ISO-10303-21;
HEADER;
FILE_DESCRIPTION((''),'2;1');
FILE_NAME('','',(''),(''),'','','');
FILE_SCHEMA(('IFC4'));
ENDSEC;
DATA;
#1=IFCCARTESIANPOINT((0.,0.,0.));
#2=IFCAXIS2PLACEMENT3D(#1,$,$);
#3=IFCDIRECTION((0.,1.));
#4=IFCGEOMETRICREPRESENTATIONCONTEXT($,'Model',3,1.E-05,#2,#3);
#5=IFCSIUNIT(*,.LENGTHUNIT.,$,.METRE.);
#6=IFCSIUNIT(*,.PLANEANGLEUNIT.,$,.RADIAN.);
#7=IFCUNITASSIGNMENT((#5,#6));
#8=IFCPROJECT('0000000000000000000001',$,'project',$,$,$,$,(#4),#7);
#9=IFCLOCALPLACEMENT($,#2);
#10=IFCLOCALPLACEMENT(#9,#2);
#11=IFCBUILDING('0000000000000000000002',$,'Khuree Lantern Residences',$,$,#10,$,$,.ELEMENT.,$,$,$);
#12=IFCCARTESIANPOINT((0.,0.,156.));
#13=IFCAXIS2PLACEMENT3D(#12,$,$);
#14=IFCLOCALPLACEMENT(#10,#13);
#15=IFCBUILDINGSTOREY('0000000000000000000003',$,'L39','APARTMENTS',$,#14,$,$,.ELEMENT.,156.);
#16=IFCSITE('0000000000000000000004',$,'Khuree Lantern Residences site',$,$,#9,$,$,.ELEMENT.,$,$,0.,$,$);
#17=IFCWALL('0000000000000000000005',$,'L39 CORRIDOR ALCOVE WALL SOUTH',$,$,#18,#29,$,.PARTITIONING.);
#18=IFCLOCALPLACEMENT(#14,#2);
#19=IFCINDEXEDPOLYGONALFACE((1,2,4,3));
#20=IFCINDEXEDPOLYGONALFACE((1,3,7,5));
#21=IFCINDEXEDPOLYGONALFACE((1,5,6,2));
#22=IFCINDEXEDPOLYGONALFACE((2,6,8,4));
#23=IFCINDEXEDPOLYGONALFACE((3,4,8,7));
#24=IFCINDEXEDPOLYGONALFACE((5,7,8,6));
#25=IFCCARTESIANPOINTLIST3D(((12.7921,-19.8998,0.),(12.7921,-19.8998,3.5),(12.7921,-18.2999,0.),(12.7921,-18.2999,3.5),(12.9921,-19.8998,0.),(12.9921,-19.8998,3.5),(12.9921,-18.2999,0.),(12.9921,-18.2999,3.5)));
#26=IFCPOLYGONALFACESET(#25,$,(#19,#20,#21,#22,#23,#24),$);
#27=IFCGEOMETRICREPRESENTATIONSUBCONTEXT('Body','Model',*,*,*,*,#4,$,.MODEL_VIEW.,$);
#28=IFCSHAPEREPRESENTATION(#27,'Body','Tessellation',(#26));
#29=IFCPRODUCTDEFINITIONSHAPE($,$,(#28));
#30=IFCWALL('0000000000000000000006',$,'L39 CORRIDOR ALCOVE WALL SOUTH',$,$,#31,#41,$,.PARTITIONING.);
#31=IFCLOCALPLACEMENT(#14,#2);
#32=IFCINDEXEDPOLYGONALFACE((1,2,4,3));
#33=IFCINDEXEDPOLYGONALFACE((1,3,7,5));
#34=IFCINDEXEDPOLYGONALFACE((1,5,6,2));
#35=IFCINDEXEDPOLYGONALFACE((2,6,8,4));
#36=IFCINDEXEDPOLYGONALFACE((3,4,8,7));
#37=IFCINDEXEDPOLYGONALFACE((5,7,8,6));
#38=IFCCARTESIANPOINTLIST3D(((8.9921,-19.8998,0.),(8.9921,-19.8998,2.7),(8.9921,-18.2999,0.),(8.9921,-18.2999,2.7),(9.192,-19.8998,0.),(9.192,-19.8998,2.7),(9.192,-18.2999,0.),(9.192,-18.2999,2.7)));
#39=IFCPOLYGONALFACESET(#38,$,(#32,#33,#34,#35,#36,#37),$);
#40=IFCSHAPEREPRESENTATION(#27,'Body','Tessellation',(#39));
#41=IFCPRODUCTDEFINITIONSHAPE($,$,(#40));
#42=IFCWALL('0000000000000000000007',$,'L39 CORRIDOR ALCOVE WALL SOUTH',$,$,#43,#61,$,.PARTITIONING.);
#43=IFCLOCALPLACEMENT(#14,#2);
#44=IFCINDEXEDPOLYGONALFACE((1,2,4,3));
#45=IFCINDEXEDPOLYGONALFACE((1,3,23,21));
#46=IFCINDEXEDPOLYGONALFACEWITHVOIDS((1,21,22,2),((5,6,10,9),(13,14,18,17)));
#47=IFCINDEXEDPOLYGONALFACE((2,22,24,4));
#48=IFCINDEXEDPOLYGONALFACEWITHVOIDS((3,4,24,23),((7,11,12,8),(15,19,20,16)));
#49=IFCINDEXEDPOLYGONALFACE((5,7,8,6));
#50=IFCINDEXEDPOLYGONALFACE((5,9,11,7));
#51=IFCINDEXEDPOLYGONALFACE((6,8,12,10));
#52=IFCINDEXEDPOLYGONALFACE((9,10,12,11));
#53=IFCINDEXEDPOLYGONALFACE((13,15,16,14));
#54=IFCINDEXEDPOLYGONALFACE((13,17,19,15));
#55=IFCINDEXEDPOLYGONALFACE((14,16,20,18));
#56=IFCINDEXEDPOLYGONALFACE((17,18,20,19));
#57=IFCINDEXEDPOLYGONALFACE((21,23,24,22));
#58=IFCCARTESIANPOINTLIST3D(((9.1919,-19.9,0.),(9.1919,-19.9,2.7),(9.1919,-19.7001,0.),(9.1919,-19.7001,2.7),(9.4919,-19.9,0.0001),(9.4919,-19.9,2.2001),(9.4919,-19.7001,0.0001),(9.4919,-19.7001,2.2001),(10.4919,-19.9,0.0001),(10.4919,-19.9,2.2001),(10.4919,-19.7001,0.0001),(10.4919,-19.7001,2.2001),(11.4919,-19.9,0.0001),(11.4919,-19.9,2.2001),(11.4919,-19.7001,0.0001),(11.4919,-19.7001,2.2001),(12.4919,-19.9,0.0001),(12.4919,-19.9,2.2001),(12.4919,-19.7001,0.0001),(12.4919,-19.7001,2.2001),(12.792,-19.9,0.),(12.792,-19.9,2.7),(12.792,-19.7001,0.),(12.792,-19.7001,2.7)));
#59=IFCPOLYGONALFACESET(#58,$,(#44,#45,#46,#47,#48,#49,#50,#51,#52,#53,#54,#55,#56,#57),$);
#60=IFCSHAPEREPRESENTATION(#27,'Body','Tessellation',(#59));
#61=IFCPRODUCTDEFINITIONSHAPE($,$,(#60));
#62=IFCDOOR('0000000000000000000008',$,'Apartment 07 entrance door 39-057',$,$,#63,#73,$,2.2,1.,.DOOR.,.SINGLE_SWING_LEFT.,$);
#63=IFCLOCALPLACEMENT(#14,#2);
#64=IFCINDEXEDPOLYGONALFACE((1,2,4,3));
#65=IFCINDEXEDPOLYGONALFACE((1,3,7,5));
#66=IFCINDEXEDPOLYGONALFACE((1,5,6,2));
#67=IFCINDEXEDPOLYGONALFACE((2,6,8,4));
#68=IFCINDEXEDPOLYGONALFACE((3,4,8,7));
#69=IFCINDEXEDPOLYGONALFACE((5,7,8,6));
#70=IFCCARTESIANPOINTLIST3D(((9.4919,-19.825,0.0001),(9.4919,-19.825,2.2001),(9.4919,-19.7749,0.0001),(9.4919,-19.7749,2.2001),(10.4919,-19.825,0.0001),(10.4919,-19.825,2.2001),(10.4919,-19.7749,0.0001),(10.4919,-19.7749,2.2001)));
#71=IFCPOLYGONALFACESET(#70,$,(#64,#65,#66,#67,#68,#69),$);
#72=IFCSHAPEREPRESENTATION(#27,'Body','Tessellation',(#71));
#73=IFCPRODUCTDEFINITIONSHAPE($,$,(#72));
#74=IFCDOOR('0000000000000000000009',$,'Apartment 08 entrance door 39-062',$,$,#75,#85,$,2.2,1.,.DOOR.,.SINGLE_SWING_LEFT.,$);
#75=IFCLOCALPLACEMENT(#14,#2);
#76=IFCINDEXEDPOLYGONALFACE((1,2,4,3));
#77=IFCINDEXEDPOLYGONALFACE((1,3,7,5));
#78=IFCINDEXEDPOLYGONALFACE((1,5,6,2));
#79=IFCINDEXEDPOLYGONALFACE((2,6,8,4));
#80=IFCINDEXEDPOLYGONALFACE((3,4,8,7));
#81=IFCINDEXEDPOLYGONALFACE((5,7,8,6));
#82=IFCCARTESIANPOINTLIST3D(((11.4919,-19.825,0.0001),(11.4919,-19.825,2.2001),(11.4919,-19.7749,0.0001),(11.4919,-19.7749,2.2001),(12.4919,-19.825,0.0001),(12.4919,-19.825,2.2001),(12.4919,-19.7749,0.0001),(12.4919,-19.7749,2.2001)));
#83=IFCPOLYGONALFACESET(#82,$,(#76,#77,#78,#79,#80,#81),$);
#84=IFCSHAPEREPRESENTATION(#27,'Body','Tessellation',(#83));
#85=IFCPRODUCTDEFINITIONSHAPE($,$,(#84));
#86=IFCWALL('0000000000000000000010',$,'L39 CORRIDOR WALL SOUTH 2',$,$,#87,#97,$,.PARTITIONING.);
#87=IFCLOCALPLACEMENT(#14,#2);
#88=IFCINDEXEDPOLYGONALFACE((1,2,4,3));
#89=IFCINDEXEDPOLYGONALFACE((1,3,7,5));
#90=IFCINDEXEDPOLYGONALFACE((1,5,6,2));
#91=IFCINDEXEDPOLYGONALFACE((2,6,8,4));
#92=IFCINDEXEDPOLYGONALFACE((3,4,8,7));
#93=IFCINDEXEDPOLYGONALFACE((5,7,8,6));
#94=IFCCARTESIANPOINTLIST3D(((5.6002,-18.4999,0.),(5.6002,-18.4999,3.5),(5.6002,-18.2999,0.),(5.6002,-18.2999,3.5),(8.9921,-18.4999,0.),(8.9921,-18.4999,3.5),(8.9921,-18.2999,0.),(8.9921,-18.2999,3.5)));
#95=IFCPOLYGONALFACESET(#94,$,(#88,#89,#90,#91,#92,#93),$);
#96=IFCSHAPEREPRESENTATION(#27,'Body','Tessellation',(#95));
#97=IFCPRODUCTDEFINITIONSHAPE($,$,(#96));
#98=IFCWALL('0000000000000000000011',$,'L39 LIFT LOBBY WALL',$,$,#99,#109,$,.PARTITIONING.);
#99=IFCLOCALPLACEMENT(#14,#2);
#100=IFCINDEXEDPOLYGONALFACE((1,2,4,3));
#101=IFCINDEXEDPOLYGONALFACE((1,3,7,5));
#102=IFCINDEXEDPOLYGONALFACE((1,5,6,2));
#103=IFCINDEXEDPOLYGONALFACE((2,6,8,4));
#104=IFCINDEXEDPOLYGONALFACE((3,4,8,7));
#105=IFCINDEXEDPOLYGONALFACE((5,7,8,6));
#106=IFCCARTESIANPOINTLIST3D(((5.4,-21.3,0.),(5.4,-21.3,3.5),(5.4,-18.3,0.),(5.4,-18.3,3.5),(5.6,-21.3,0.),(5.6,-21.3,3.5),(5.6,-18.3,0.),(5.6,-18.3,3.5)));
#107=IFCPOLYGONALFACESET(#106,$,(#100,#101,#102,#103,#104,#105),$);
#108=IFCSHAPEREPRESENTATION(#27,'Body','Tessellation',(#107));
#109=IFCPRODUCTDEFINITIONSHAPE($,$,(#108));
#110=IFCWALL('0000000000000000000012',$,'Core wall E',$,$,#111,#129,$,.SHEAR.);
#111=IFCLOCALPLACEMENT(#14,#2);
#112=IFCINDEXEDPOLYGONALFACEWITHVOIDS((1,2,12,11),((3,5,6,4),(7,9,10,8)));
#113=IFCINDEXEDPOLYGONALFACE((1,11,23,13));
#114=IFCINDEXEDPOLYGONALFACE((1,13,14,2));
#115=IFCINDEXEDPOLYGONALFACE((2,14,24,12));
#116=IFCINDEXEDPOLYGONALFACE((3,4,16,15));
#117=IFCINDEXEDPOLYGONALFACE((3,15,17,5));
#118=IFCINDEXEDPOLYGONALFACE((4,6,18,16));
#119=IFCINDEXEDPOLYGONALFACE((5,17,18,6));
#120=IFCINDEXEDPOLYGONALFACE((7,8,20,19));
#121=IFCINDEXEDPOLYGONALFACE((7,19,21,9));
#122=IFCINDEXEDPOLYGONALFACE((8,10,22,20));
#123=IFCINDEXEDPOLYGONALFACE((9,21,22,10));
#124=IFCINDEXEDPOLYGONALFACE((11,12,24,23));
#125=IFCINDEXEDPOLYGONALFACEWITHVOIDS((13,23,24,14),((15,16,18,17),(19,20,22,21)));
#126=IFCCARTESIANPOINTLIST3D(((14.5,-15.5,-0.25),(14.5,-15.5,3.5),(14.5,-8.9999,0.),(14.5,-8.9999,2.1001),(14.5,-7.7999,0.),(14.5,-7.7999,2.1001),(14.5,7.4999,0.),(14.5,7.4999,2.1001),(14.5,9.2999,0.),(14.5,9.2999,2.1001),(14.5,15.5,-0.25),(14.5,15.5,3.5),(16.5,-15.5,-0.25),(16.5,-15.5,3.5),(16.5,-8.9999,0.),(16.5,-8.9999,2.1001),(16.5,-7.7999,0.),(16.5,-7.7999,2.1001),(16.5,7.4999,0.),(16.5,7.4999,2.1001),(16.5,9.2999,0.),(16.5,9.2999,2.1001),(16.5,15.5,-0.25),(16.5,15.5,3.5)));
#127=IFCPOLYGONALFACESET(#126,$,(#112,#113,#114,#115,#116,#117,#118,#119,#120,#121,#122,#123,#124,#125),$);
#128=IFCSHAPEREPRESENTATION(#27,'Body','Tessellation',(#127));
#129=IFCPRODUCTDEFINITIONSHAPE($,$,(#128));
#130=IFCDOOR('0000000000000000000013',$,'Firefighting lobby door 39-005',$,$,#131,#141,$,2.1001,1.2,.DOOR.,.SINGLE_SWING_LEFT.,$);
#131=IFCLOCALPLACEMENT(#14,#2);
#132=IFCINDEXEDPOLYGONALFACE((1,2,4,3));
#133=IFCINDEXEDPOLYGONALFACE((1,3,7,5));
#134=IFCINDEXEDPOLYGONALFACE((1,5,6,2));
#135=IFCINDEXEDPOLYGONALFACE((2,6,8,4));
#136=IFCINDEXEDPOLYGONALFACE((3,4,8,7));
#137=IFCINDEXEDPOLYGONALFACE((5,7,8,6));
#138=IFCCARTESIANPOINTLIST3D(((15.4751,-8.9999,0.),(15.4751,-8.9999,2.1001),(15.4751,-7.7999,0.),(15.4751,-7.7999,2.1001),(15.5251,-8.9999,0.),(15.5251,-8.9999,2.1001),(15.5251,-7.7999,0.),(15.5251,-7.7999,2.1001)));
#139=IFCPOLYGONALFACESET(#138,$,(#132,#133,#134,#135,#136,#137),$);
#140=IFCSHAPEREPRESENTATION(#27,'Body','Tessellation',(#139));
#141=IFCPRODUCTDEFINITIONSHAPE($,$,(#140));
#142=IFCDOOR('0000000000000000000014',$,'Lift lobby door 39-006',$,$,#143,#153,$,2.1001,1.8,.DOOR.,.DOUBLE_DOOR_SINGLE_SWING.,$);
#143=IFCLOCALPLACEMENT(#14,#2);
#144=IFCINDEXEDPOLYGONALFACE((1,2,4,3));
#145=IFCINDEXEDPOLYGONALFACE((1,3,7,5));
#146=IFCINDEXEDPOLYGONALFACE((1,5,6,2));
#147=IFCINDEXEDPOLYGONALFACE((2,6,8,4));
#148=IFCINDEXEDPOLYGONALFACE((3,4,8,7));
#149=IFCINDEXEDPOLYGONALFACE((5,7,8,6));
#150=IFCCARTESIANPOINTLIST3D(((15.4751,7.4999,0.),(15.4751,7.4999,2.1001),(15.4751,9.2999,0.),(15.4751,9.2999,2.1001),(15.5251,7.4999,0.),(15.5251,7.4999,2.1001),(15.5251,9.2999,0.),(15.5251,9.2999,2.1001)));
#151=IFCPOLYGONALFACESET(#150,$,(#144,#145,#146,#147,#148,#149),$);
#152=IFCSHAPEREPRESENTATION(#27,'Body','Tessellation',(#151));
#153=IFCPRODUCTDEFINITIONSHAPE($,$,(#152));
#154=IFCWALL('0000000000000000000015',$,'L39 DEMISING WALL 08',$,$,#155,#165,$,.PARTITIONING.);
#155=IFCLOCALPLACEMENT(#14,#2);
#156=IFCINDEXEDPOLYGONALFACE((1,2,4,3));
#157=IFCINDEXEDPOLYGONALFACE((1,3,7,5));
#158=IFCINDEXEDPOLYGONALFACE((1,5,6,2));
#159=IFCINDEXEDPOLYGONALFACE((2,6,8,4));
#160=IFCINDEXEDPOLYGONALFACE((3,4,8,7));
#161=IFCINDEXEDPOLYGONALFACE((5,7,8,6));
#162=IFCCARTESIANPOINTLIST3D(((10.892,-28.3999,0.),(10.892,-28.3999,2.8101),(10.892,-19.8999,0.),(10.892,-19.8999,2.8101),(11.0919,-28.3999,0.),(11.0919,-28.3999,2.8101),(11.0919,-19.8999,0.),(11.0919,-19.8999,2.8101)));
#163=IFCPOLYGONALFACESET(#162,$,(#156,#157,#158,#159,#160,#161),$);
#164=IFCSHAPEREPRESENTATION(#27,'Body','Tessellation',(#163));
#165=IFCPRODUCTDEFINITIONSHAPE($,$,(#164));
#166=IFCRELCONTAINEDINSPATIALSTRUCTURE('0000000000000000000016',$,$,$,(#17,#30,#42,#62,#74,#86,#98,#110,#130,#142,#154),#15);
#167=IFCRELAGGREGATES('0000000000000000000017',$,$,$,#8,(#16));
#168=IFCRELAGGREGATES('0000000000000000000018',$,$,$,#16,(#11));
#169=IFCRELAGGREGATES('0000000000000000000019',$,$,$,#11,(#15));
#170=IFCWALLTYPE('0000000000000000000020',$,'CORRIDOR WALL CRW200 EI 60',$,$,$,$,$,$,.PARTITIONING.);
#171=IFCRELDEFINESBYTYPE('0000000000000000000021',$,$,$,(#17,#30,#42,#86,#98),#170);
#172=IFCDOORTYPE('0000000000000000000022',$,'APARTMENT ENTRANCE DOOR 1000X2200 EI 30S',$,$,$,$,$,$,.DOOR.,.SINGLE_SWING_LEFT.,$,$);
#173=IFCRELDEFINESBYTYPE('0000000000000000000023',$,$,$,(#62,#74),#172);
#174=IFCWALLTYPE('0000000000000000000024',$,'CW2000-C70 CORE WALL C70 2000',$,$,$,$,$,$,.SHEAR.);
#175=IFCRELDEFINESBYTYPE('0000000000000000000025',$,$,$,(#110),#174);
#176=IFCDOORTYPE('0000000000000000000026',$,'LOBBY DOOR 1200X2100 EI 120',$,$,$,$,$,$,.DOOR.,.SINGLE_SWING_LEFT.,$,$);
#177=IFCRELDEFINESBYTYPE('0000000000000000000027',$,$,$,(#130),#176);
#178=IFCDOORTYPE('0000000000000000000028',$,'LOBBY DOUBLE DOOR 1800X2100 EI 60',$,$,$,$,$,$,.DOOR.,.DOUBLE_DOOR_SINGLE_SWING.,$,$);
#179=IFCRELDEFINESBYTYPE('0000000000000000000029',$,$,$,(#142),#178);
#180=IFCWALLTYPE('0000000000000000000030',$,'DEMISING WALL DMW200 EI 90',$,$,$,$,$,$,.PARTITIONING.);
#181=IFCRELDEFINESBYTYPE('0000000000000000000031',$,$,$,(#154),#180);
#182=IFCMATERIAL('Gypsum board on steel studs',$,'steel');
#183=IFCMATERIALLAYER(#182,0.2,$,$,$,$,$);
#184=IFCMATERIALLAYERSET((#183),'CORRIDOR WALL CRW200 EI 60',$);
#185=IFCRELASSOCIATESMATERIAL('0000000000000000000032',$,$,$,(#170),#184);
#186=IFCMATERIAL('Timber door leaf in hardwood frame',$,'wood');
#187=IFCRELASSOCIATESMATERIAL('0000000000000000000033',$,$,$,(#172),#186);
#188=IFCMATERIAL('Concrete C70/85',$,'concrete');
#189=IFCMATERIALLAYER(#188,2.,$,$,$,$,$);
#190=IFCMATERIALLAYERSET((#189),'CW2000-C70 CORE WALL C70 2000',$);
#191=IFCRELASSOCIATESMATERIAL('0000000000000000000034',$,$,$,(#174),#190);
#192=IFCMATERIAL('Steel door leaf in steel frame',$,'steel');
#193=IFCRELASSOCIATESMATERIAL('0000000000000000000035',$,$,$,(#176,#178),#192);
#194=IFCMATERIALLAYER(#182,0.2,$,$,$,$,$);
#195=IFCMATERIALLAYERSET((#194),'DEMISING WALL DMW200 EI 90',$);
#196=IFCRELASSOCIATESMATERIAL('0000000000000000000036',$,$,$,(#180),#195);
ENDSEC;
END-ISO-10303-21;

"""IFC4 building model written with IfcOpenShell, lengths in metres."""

from ifc_helpers import new_model, si_unit, direction, frame, frame_2d, origin, place, context, subcontext, project, spatial, rectangle, extrude, material, layer, layer_set, type_object, element, fill, save


model = new_model("IFC4")

# Units and contexts
model_context = context("Model", 3, precision=1e-05, world=origin(), true_north=direction((0.0, 1.0)))
body_context = subcontext(model_context, "Body", "Model", "MODEL_VIEW")
ifc_project = project(units=[si_unit("LENGTHUNIT", "METRE"), si_unit("PLANEANGLEUNIT", "RADIAN")], contexts=[model_context])

# Site, building, storey
site_placement = place(None, origin())
site = spatial("IfcSite", under=ifc_project, at=site_placement, Name="Khuree Lantern Residences site", CompositionType="ELEMENT", RefElevation=0.0)
building_placement = place(site_placement, origin())
building = spatial("IfcBuilding", under=site, at=building_placement, Name="Khuree Lantern Residences", CompositionType="ELEMENT")
storey_placement = place(building_placement, frame((0.0, 0.0, 156.0)))
storey = spatial("IfcBuildingStorey", under=building, at=storey_placement, Name="L39", Description="APARTMENTS", CompositionType="ELEMENT", Elevation=156.0)

# Shared definitions
ifc_material_1 = material(Name="Concrete C70/85", Category="concrete")

# Shared definitions
ifc_material_2 = material(Name="Timber door leaf in hardwood frame", Category="wood")

# Walls
ifc_material_3 = material(Name="Gypsum board on steel studs", Category="steel")
ifc_layer_1 = layer(ifc_material_3, 0.2)
ifc_layer_set_1 = layer_set([ifc_layer_1], Name="CORRIDOR WALL CRW200 EI 60")
wall_type_1 = type_object("IfcWallType", Name="CORRIDOR WALL CRW200 EI 60", PredefinedType="PARTITIONING", material=ifc_layer_set_1)
wall_1_placement = place(storey_placement, frame((12.8921, -18.3, 0.0), z_axis=(0.0, 0.0, 1.0), x_axis=(0.0, -1.0, 0.0)))
element("IfcWall", 1, at=wall_1_placement, inside=storey, type_object=wall_type_1, Name="L39 CORRIDOR ALCOVE WALL SOUTH", PredefinedType="PARTITIONING", context=body_context, shape_type="SweptSolid", body=[
    extrude(rectangle(XDim=1.5999, YDim=0.2, at=frame_2d((0.7998, 0.0))), origin(), (0.0, 0.0, 1.0), 3.5),
])
wall_2_placement = place(storey_placement, frame((9.092, -18.3, 0.0), z_axis=(0.0, 0.0, 1.0), x_axis=(0.0, -1.0, 0.0)))
element("IfcWall", 2, at=wall_2_placement, inside=storey, type_object=wall_type_1, Name="L39 CORRIDOR ALCOVE WALL SOUTH", PredefinedType="PARTITIONING", context=body_context, shape_type="SweptSolid", body=[
    extrude(rectangle(XDim=1.5999, YDim=0.2, at=frame_2d((0.7998, 0.0))), origin(), (0.0, 0.0, 1.0), 2.7),
])

# Wall, openings, doors
wall_3_placement = place(storey_placement, frame((12.792, -19.8, 0.0), z_axis=(0.0, 0.0, 1.0), x_axis=(-1.0, 0.0, 0.0)))
wall_3 = element("IfcWall", 3, at=wall_3_placement, inside=storey, type_object=wall_type_1, Name="L39 CORRIDOR ALCOVE WALL SOUTH", PredefinedType="PARTITIONING", context=body_context, shape_type="SweptSolid", body=[
    extrude(rectangle(XDim=3.6001, YDim=0.2, at=frame_2d((1.8, 0.0))), origin(), (0.0, 0.0, 1.0), 2.7),
])
opening_1_placement = place(wall_3_placement, frame((2.3, 0.0, 0.0)))
opening_1 = element("IfcOpeningElement", 4, at=opening_1_placement, cuts=wall_3, PredefinedType="OPENING", context=body_context, shape_type="SweptSolid", body=[
    extrude(rectangle(XDim=1.0, YDim=2.2, at=frame_2d((0.5, 1.1001))), frame((0.0, 0.1099, 0.0), z_axis=(0.0, -1.0, 0.0), x_axis=(1.0, 0.0, 0.0)), (0.0, 0.0, 1.0), 0.22),
])
opening_2_placement = place(wall_3_placement, frame((0.3, 0.0, 0.0)))
opening_2 = element("IfcOpeningElement", 5, at=opening_2_placement, cuts=wall_3, PredefinedType="OPENING", context=body_context, shape_type="SweptSolid", body=[
    extrude(rectangle(XDim=1.0, YDim=2.2, at=frame_2d((0.5, 1.1001))), frame((0.0, 0.1099, 0.0), z_axis=(0.0, -1.0, 0.0), x_axis=(1.0, 0.0, 0.0)), (0.0, 0.0, 1.0), 0.22),
])
door_type_1 = type_object("IfcDoorType", Name="APARTMENT ENTRANCE DOOR 1000X2200 EI 30S", OperationType="SINGLE_SWING_LEFT", PredefinedType="DOOR", material=ifc_material_2)
door_1_placement = place(opening_1_placement, origin())
door_1 = element("IfcDoor", 6, at=door_1_placement, inside=storey, type_object=door_type_1, Name="Apartment 07 entrance door 39-057", OperationType="SINGLE_SWING_LEFT", OverallHeight=2.2, OverallWidth=1.0, PredefinedType="DOOR", context=body_context, shape_type="SweptSolid", body=[
    extrude(rectangle(XDim=1.0, YDim=2.2, at=frame_2d((0.5, 1.1001))), frame((0.0, 0.0249, 0.0), z_axis=(0.0, -1.0, 0.0), x_axis=(1.0, 0.0, 0.0)), (0.0, 0.0, 1.0), 0.05),
])
fill(opening_1, door_1)
door_2_placement = place(opening_2_placement, origin())
door_2 = element("IfcDoor", 7, at=door_2_placement, inside=storey, type_object=door_type_1, Name="Apartment 08 entrance door 39-062", OperationType="SINGLE_SWING_LEFT", OverallHeight=2.2, OverallWidth=1.0, PredefinedType="DOOR", context=body_context, shape_type="SweptSolid", body=[
    extrude(rectangle(XDim=1.0, YDim=2.2, at=frame_2d((0.5, 1.1001))), frame((0.0, 0.0249, 0.0), z_axis=(0.0, -1.0, 0.0), x_axis=(1.0, 0.0, 0.0)), (0.0, 0.0, 1.0), 0.05),
])
fill(opening_2, door_2)

# Walls
wall_4_placement = place(storey_placement, frame((8.9919, -18.3999, 0.0), z_axis=(0.0, 0.0, 1.0), x_axis=(-1.0, 0.0, 0.0)))
element("IfcWall", 8, at=wall_4_placement, inside=storey, type_object=wall_type_1, Name="L39 CORRIDOR WALL SOUTH 2", PredefinedType="PARTITIONING", context=body_context, shape_type="SweptSolid", body=[
    extrude(rectangle(XDim=3.3918, YDim=0.2, at=frame_2d((1.6958, 0.0))), origin(), (0.0, 0.0, 1.0), 3.5),
])
wall_5_placement = place(storey_placement, frame((5.5, -18.3, 0.0), z_axis=(0.0, 0.0, 1.0), x_axis=(0.0, -1.0, 0.0)))
element("IfcWall", 9, at=wall_5_placement, inside=storey, type_object=wall_type_1, Name="L39 LIFT LOBBY WALL", PredefinedType="PARTITIONING", context=body_context, shape_type="SweptSolid", body=[
    extrude(rectangle(XDim=3.0, YDim=0.2, at=frame_2d((1.5, 0.0))), origin(), (0.0, 0.0, 1.0), 3.5),
])

# Wall, openings, doors
ifc_layer_2 = layer(ifc_material_1, 2.0)
ifc_layer_set_2 = layer_set([ifc_layer_2], Name="CW2000-C70 CORE WALL C70 2000")
wall_type_2 = type_object("IfcWallType", Name="CW2000-C70 CORE WALL C70 2000", PredefinedType="SHEAR", material=ifc_layer_set_2)
wall_6_placement = place(storey_placement, frame((15.5, -15.5, -0.25), z_axis=(0.0, 0.0, 1.0), x_axis=(0.0, 1.0, 0.0)))
wall_6 = element("IfcWall", 10, at=wall_6_placement, inside=storey, type_object=wall_type_2, Name="Core wall E", PredefinedType="SHEAR", context=body_context, shape_type="SweptSolid", body=[
    extrude(rectangle(XDim=31.0, YDim=2.0, at=frame_2d((15.5, 0.0))), origin(), (0.0, 0.0, 1.0), 3.75),
])
opening_3_placement = place(wall_6_placement, frame((6.5, 0.0, 0.25)))
opening_3 = element("IfcOpeningElement", 11, at=opening_3_placement, cuts=wall_6, PredefinedType="OPENING", context=body_context, shape_type="SweptSolid", body=[
    extrude(rectangle(XDim=1.2, YDim=2.1001, at=frame_2d((0.6001, 1.05))), frame((0.0, 1.01, 0.0), z_axis=(0.0, -1.0, 0.0), x_axis=(1.0, 0.0, 0.0)), (0.0, 0.0, 1.0), 2.02),
])
opening_4_placement = place(wall_6_placement, frame((23.0, 0.0, 0.25)))
opening_4 = element("IfcOpeningElement", 12, at=opening_4_placement, cuts=wall_6, PredefinedType="OPENING", context=body_context, shape_type="SweptSolid", body=[
    extrude(rectangle(XDim=1.8, YDim=2.1001, at=frame_2d((0.8999, 1.05))), frame((0.0, 1.01, 0.0), z_axis=(0.0, -1.0, 0.0), x_axis=(1.0, 0.0, 0.0)), (0.0, 0.0, 1.0), 2.02),
])
ifc_material_4 = material(Name="Steel door leaf in steel frame", Category="steel")
door_type_2 = type_object("IfcDoorType", Name="LOBBY DOOR 1200X2100 EI 120", OperationType="SINGLE_SWING_LEFT", PredefinedType="DOOR", material=ifc_material_4)
door_3_placement = place(opening_3_placement, origin())
door_3 = element("IfcDoor", 13, at=door_3_placement, inside=storey, type_object=door_type_2, Name="Firefighting lobby door 39-005", OperationType="SINGLE_SWING_LEFT", OverallHeight=2.1001, OverallWidth=1.2, PredefinedType="DOOR", context=body_context, shape_type="SweptSolid", body=[
    extrude(rectangle(XDim=1.2, YDim=2.1001, at=frame_2d((0.6001, 1.05))), frame((0.0, 0.0249, 0.0), z_axis=(0.0, -1.0, 0.0), x_axis=(1.0, 0.0, 0.0)), (0.0, 0.0, 1.0), 0.05),
])
fill(opening_3, door_3)
door_type_3 = type_object("IfcDoorType", Name="LOBBY DOUBLE DOOR 1800X2100 EI 60", OperationType="DOUBLE_DOOR_SINGLE_SWING", PredefinedType="DOOR", material=ifc_material_4)
door_4_placement = place(opening_4_placement, origin())
door_4 = element("IfcDoor", 14, at=door_4_placement, inside=storey, type_object=door_type_3, Name="Lift lobby door 39-006", OperationType="DOUBLE_DOOR_SINGLE_SWING", OverallHeight=2.1001, OverallWidth=1.8, PredefinedType="DOOR", context=body_context, shape_type="SweptSolid", body=[
    extrude(rectangle(XDim=1.8, YDim=2.1001, at=frame_2d((0.8999, 1.05))), frame((0.0, 0.0249, 0.0), z_axis=(0.0, -1.0, 0.0), x_axis=(1.0, 0.0, 0.0)), (0.0, 0.0, 1.0), 0.05),
])
fill(opening_4, door_4)

# Wall
ifc_layer_3 = layer(ifc_material_3, 0.2)
ifc_layer_set_3 = layer_set([ifc_layer_3], Name="DEMISING WALL DMW200 EI 90")
wall_type_3 = type_object("IfcWallType", Name="DEMISING WALL DMW200 EI 90", PredefinedType="PARTITIONING", material=ifc_layer_set_3)
wall_7_placement = place(storey_placement, frame((10.9919, -19.8999, 0.0), z_axis=(0.0, 0.0, 1.0), x_axis=(0.0, -1.0, 0.0)))
element("IfcWall", 15, at=wall_7_placement, inside=storey, type_object=wall_type_3, Name="L39 DEMISING WALL 08", PredefinedType="PARTITIONING", context=body_context, shape_type="SweptSolid", body=[
    extrude(rectangle(XDim=8.5, YDim=0.2, at=frame_2d((4.25, 0.0))), origin(), (0.0, 0.0, 1.0), 2.8101),
])

save(model, "model.ifc")
